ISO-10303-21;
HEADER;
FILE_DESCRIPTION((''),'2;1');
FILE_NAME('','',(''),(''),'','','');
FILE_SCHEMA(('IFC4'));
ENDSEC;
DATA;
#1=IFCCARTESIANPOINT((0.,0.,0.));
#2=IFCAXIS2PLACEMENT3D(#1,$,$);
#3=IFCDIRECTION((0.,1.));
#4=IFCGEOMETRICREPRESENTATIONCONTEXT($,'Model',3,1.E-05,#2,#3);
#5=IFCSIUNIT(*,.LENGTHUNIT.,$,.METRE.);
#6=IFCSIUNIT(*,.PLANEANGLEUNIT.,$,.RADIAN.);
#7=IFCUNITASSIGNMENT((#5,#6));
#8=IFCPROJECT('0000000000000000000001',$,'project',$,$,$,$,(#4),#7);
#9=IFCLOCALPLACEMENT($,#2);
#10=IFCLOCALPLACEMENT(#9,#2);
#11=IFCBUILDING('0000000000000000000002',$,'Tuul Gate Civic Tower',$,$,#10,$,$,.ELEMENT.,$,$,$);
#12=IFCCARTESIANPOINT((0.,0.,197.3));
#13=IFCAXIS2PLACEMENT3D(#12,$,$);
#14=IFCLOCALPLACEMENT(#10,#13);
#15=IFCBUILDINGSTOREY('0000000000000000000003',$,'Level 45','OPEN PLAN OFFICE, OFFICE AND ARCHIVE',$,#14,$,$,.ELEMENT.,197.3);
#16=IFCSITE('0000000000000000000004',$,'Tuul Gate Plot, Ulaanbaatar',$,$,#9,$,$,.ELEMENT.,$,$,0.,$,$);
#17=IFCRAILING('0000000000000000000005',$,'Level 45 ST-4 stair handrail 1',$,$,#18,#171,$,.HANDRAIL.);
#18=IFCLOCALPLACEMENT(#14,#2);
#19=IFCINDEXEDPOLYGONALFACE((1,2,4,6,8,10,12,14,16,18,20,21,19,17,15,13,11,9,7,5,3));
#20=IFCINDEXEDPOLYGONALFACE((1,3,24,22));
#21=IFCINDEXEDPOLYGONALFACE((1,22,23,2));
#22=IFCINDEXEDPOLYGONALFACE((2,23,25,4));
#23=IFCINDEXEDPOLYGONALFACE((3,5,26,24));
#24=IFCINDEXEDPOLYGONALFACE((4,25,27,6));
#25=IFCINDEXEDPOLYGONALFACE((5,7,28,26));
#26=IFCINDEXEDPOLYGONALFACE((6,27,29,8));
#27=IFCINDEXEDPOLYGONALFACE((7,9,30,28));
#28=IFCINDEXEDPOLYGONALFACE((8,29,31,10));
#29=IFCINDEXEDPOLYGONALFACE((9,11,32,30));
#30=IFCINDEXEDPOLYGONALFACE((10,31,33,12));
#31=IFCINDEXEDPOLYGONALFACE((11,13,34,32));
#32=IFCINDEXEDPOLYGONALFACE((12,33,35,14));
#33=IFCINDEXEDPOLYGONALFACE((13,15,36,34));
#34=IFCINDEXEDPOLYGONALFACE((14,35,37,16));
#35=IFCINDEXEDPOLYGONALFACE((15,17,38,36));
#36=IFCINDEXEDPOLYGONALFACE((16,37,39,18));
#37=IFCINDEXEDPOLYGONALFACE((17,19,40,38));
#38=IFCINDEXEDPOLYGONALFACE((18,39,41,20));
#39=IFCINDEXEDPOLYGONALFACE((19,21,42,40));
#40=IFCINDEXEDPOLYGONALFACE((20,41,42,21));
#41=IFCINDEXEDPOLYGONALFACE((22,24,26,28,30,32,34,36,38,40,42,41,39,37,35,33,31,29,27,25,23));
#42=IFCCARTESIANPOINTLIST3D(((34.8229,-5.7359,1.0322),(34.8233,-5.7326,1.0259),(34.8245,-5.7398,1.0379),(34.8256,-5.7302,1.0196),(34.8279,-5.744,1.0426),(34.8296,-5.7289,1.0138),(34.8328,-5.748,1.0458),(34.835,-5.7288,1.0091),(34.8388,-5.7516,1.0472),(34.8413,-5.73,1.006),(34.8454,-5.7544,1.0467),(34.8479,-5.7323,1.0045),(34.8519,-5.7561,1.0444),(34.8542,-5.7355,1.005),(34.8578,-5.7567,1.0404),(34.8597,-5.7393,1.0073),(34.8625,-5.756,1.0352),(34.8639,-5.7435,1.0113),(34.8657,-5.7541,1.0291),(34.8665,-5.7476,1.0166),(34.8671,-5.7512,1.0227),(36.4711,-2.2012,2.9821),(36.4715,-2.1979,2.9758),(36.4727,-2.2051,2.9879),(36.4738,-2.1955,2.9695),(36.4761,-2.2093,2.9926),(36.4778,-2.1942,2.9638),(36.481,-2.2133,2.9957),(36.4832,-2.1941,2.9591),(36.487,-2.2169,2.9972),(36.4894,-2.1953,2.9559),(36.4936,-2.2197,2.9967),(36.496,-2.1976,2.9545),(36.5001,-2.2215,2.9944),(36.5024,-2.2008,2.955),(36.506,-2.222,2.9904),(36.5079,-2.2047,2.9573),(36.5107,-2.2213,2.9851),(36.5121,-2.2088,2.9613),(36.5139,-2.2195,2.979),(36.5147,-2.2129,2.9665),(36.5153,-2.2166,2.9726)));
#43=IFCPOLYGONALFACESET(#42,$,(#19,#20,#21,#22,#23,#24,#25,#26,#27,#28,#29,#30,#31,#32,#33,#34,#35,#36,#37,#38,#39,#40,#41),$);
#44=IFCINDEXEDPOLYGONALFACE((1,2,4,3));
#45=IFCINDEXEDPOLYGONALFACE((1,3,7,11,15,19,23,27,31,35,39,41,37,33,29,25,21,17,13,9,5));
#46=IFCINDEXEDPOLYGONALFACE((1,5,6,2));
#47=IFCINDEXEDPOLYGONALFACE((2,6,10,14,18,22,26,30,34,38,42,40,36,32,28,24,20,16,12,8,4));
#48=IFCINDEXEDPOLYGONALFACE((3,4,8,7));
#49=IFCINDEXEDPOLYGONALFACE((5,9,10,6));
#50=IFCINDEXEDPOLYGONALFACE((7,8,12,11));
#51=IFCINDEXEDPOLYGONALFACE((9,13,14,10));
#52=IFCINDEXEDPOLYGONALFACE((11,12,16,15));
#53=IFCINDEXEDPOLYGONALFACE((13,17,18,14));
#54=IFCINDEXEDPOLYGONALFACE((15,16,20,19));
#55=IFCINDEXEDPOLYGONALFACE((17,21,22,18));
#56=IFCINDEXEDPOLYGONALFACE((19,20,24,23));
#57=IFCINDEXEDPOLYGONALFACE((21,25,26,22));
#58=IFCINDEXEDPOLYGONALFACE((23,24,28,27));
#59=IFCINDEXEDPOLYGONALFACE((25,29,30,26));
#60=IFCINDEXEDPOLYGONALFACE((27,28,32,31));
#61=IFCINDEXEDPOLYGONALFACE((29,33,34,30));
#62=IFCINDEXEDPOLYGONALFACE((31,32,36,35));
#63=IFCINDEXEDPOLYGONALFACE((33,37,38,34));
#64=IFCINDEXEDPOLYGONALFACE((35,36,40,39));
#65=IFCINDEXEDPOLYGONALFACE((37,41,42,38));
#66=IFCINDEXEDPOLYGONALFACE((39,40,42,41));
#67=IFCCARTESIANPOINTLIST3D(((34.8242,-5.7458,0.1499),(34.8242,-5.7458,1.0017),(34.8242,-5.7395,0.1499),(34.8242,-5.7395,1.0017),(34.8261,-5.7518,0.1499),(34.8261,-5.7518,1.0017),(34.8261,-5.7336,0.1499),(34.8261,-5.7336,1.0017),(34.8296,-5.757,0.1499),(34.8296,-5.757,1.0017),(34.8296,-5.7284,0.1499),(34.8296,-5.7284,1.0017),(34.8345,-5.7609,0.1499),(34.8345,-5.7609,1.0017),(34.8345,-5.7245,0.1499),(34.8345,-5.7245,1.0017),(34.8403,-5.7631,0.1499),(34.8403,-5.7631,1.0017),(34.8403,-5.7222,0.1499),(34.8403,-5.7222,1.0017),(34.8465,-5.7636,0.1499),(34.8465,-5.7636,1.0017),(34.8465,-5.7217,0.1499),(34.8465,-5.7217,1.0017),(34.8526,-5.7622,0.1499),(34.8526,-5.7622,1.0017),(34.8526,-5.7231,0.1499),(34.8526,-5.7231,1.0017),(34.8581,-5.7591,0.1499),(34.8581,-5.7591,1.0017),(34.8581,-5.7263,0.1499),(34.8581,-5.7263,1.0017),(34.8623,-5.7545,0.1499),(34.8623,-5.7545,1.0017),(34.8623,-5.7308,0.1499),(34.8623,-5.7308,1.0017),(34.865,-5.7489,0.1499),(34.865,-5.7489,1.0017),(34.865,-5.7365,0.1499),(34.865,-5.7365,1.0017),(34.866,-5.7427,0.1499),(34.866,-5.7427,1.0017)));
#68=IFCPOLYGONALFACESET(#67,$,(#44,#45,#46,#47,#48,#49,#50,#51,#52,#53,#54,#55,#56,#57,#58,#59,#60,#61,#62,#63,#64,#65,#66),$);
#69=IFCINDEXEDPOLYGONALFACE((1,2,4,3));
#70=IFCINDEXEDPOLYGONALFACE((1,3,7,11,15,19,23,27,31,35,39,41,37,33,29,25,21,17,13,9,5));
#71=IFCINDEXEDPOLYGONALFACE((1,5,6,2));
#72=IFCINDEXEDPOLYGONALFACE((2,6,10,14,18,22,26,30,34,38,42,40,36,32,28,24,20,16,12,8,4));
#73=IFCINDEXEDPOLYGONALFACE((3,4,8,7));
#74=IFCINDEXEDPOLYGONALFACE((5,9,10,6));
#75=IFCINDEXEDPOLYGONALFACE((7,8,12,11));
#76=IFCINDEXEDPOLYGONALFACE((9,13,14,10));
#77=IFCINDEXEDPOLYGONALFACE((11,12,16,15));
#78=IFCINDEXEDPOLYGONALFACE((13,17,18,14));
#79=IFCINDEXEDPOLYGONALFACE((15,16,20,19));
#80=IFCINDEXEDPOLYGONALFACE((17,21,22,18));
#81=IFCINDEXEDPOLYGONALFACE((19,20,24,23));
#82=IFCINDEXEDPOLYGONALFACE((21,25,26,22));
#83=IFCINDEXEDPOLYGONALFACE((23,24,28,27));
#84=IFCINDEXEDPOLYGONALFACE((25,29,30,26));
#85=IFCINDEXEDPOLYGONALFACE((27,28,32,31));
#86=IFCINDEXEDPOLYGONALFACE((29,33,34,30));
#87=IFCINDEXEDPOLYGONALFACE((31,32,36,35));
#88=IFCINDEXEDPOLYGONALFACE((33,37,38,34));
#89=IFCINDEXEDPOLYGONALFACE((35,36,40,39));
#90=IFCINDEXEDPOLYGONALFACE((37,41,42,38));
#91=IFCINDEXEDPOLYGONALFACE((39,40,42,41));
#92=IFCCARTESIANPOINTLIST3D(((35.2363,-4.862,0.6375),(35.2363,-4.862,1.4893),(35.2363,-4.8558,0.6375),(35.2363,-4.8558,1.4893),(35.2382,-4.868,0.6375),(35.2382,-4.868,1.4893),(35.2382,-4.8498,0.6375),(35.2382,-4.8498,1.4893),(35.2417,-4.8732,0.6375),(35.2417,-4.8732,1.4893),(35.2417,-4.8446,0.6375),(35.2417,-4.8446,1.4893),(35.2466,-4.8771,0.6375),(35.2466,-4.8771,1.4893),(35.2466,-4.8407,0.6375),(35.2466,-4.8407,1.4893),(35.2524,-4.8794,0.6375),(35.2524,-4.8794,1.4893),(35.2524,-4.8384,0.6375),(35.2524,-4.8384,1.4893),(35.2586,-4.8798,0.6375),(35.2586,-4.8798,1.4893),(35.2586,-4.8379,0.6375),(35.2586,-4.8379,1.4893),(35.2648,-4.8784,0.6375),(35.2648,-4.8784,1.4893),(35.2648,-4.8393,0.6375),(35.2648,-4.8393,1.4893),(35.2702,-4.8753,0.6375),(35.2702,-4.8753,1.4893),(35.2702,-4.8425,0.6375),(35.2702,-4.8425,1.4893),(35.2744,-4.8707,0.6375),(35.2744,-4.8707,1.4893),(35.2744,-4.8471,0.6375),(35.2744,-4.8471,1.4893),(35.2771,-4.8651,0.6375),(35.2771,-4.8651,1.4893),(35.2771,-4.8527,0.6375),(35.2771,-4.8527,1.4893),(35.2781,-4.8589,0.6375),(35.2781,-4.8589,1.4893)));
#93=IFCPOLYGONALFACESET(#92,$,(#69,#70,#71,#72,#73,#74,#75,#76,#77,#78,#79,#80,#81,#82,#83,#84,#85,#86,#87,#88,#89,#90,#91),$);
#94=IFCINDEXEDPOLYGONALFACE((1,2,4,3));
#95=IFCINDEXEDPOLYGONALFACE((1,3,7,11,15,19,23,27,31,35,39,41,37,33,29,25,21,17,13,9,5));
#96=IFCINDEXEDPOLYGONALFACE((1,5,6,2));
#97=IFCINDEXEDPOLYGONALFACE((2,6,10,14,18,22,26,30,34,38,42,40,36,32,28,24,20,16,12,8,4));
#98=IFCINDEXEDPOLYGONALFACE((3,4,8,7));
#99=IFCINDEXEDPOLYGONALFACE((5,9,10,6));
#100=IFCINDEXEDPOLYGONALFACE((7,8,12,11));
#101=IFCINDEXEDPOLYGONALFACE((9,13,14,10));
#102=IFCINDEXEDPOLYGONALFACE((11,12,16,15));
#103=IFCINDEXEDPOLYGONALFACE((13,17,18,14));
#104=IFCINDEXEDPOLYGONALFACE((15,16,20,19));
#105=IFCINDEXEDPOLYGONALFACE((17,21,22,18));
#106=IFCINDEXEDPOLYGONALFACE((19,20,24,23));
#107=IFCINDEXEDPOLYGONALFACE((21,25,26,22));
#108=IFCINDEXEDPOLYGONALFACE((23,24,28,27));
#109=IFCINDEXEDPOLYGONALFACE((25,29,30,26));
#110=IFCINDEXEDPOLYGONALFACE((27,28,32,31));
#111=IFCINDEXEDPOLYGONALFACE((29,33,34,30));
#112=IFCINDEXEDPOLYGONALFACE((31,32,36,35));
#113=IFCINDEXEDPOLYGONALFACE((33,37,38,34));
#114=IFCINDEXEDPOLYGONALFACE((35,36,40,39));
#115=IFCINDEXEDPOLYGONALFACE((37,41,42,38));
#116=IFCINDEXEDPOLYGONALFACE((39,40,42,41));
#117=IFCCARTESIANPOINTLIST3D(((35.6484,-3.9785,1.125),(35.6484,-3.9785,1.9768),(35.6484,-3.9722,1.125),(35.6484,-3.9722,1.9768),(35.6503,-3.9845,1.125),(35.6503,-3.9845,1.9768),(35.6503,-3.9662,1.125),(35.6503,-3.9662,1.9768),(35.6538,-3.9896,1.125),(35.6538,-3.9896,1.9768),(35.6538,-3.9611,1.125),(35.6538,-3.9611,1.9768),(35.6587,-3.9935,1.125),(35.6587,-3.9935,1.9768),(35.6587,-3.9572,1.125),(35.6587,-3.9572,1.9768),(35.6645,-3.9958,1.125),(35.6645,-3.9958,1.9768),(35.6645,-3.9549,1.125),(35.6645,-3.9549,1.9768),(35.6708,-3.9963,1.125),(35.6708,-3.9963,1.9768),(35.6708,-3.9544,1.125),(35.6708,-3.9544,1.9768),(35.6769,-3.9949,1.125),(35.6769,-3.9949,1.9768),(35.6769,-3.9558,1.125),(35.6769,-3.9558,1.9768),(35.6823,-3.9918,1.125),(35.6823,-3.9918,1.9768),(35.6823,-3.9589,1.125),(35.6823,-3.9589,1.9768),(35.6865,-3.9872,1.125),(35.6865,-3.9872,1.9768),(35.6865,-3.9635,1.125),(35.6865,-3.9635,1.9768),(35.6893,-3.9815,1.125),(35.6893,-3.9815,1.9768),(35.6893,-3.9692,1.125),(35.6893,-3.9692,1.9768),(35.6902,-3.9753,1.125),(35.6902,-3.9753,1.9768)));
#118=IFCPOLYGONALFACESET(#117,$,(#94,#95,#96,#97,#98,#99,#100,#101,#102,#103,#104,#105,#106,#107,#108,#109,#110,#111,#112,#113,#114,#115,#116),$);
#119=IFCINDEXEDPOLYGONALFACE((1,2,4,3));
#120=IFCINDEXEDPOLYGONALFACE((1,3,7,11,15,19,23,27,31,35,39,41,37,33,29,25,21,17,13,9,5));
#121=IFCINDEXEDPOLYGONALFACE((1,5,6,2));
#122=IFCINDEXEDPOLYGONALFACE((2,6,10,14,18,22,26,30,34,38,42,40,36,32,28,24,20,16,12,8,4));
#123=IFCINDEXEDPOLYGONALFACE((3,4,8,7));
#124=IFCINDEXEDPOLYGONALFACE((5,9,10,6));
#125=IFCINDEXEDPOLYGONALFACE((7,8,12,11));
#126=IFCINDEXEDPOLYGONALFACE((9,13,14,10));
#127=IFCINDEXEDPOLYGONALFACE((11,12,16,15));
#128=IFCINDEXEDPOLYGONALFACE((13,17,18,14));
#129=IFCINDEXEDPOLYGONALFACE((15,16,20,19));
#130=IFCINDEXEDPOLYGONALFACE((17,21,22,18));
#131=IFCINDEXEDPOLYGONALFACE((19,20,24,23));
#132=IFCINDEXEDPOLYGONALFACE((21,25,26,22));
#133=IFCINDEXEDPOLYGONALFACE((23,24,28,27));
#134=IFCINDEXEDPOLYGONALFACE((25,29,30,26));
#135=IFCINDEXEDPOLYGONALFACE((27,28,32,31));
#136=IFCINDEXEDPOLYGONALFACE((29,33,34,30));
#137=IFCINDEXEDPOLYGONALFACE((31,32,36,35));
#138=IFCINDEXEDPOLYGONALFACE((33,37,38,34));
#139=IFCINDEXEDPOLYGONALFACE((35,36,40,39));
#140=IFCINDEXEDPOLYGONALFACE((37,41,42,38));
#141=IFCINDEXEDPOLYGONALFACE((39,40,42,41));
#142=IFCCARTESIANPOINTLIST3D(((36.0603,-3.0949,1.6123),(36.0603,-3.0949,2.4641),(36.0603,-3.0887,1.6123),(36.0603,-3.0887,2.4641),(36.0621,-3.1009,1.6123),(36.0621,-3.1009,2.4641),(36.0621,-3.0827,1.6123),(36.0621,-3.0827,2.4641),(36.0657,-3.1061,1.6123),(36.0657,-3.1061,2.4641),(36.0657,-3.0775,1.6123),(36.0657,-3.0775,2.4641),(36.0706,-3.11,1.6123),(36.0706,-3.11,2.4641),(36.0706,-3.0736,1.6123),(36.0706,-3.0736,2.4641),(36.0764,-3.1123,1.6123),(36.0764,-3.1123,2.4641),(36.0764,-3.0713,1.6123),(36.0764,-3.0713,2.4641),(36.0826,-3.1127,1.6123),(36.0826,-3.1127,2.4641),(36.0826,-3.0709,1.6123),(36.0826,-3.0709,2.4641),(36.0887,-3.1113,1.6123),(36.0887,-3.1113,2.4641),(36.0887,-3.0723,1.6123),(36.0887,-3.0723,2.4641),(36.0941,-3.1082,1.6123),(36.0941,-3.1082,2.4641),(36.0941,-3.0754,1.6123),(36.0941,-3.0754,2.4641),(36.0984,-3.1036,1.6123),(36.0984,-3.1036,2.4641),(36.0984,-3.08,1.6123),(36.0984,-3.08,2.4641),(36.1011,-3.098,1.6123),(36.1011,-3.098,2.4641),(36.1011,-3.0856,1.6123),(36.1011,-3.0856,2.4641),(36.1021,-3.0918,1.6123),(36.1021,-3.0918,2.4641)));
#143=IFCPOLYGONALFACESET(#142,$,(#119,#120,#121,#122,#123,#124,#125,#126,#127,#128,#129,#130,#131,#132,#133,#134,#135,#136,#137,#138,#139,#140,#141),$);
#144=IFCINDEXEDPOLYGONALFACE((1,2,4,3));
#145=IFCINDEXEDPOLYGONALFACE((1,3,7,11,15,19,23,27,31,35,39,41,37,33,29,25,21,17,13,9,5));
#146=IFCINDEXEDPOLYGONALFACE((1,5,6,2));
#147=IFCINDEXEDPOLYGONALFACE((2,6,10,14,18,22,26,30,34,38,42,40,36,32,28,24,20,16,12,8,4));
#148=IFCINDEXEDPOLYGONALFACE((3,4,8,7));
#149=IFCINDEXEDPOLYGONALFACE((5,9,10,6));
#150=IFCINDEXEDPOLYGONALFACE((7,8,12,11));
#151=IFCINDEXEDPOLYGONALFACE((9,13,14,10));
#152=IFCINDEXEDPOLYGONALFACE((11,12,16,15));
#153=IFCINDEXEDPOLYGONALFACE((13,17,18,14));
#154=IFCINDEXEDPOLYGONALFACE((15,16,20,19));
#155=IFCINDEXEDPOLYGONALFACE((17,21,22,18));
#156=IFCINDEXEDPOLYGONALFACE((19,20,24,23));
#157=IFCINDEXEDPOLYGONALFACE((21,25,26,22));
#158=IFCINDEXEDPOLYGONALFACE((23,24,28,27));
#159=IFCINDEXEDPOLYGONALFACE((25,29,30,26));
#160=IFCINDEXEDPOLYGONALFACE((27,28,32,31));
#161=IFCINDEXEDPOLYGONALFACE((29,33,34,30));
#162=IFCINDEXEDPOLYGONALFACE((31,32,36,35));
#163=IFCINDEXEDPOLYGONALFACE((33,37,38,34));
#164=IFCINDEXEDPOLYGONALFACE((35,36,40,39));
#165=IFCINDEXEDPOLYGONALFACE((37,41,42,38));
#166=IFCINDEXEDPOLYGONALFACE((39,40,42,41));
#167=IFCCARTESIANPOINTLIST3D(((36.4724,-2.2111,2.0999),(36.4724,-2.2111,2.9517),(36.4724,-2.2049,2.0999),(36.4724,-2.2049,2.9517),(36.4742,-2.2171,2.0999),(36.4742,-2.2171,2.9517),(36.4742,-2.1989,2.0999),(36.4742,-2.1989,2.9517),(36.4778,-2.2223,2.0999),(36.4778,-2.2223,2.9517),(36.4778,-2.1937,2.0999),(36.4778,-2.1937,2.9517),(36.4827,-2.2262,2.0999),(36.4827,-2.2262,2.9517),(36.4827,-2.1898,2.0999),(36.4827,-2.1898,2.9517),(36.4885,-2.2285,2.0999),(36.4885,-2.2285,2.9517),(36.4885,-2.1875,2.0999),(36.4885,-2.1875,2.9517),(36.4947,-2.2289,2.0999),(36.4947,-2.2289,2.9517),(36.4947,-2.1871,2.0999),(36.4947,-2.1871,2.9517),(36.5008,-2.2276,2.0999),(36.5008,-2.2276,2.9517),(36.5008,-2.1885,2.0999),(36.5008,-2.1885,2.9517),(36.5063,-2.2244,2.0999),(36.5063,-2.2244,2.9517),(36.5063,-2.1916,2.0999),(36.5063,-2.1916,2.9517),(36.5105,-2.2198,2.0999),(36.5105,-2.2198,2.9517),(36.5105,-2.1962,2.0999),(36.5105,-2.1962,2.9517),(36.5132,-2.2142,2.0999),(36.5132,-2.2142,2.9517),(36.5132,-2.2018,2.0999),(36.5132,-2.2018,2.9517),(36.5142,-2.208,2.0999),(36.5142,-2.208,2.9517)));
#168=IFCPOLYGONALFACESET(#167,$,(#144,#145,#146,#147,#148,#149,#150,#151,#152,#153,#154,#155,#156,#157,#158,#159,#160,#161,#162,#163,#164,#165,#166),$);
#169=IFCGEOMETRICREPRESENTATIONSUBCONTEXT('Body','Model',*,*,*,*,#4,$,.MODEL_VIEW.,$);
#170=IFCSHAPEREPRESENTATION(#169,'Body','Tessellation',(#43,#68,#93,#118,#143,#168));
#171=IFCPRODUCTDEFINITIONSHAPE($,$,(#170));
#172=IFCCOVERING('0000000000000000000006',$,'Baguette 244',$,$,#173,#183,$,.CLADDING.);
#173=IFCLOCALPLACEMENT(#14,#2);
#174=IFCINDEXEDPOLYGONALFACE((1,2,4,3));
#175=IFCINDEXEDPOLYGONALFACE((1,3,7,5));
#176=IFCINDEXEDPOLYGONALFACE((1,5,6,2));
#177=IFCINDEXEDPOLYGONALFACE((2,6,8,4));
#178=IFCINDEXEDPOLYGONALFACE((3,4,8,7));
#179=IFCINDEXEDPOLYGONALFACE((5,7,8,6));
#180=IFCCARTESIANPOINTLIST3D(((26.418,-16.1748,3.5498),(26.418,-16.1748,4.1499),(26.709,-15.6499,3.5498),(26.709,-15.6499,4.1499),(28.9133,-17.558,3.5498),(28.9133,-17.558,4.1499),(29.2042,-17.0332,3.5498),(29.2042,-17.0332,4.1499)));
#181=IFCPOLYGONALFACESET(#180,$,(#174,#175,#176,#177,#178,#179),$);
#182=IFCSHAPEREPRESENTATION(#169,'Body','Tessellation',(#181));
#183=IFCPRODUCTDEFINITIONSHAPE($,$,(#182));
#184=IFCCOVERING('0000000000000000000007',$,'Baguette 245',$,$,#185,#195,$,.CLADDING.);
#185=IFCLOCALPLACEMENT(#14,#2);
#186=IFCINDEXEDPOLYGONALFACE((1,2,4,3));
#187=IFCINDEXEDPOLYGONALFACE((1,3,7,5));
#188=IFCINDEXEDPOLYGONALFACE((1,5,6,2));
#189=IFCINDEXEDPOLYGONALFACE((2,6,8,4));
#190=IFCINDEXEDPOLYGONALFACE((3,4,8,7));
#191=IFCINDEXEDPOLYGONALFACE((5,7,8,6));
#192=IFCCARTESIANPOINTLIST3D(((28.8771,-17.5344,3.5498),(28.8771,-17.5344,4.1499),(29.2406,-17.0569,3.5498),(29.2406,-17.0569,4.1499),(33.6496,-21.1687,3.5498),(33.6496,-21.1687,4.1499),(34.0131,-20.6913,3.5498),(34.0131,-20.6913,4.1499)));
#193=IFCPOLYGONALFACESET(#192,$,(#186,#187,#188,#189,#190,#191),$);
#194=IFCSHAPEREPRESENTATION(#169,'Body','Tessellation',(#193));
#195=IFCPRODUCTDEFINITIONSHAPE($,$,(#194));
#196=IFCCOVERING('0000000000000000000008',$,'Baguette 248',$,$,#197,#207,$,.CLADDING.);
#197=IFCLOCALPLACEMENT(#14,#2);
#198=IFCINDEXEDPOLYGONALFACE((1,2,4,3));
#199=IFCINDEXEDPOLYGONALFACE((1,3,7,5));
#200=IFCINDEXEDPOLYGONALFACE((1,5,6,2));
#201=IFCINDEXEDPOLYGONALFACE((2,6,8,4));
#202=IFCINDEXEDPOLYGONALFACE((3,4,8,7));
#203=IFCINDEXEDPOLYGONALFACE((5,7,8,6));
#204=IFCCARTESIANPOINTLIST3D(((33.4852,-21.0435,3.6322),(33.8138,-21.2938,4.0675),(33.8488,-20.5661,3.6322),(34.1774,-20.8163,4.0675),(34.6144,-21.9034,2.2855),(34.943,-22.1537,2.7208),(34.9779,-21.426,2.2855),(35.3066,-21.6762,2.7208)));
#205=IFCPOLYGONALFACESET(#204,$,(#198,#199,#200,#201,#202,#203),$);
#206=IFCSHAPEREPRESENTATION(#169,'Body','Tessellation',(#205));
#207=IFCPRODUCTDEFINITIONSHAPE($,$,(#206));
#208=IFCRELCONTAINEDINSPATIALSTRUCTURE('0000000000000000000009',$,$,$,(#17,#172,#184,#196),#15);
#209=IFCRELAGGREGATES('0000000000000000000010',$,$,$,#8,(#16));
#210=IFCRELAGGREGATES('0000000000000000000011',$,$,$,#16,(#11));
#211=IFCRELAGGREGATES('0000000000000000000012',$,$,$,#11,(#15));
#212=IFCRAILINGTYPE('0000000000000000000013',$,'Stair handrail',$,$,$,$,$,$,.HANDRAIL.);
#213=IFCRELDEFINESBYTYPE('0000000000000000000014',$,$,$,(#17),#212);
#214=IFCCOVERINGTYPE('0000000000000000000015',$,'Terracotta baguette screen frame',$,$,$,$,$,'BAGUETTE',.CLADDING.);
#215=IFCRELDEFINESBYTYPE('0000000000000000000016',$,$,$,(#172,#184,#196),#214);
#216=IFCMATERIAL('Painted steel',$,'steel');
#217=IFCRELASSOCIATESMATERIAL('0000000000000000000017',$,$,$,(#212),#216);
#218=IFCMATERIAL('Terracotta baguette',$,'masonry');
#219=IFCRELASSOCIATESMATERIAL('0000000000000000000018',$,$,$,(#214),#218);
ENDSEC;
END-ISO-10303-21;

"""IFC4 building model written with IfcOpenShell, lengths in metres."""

from ifc_helpers import new_model, si_unit, direction, frame, origin, origin_2d, place, context, subcontext, project, spatial, rectangle, circle, extrude, material, material_profile, profile_set, type_object, element, save


model = new_model("IFC4")

# Units and contexts
model_context = context("Model", 3, precision=1e-05, world=origin(), true_north=direction((0.0, 1.0)))
body_context = subcontext(model_context, "Body", "Model", "MODEL_VIEW")
ifc_project = project(units=[si_unit("LENGTHUNIT", "METRE"), si_unit("PLANEANGLEUNIT", "RADIAN")], contexts=[model_context])

# Site, building, storey
site_placement = place(None, origin())
site = spatial("IfcSite", under=ifc_project, at=site_placement, Name="Tuul Gate Plot, Ulaanbaatar", CompositionType="ELEMENT", RefElevation=0.0)
building_placement = place(site_placement, origin())
building = spatial("IfcBuilding", under=site, at=building_placement, Name="Tuul Gate Civic Tower", CompositionType="ELEMENT")
storey_placement = place(building_placement, frame((0.0, 0.0, 197.3)))
storey = spatial("IfcBuildingStorey", under=building, at=storey_placement, Name="Level 45", Description="OPEN PLAN OFFICE, OFFICE AND ARCHIVE", CompositionType="ELEMENT", Elevation=197.3)

# Railing
ifc_material_1 = material(Name="Painted steel", Category="steel")
railing_type = type_object("IfcRailingType", Name="Stair handrail", PredefinedType="HANDRAIL", material=ifc_material_1)
railing_placement = place(storey_placement, frame((34.845, -5.7427, 0.1499)))
element("IfcRailing", 1, at=railing_placement, inside=storey, type_object=railing_type, Name="Level 45 ST-4 stair handrail 1", PredefinedType="HANDRAIL", context=body_context, shape_type="SweptSolid", body=[
    extrude(circle(Radius=0.0239, at=origin_2d()), frame((0.0, 0.0, 0.876), z_axis=(0.377995, 0.810637, 0.4472), x_axis=(-0.906313, 0.422608, 0.0)), (0.0, 0.0, 1.0), 4.3604),
    extrude(circle(Radius=0.021, at=origin_2d()), origin(), (0.0, 0.0, 1.0), 0.8518),
    extrude(circle(Radius=0.021, at=origin_2d()), frame((0.4121, 0.8838, 0.4875)), (0.0, 0.0, 1.0), 0.8518),
    extrude(circle(Radius=0.021, at=origin_2d()), frame((0.8242, 1.7673, 0.9751)), (0.0, 0.0, 1.0), 0.8518),
    extrude(circle(Radius=0.021, at=origin_2d()), frame((1.2361, 2.6509, 1.4624)), (0.0, 0.0, 1.0), 0.8518),
    extrude(circle(Radius=0.021, at=origin_2d()), frame((1.6482, 3.5347, 1.95)), (0.0, 0.0, 1.0), 0.8518),
])

# Coverings
ifc_material_2 = material(Name="Terracotta baguette", Category="masonry")
ifc_material_profile_1 = material_profile(ifc_material_2, rectangle(XDim=0.6001, YDim=0.6001, at=origin_2d()), Name="Terracotta baguette screen frame")
ifc_profile_set_1 = profile_set([ifc_material_profile_1], Name="Terracotta baguette")
covering_type = type_object("IfcCoveringType", Name="Terracotta baguette screen frame", ElementType="BAGUETTE", PredefinedType="CLADDING", material=ifc_profile_set_1)
covering_1_placement = place(storey_placement, frame((26.5635, -15.9124, 3.8499), z_axis=(0.874605, -0.484836, 0.0), x_axis=(0.484836, 0.874605, 0.0)))
element("IfcCovering", 2, at=covering_1_placement, inside=storey, type_object=covering_type, Name="Baguette 244", PredefinedType="CLADDING", context=body_context, shape_type="SweptSolid", body=[
    extrude(rectangle(XDim=0.6001, YDim=0.6001, at=origin_2d()), origin(), (0.0, 0.0, 1.0), 2.853),
])
covering_2_placement = place(storey_placement, frame((29.0588, -17.2957, 3.8499), z_axis=(0.795583, -0.605845, 0.0), x_axis=(0.605845, 0.795583, 0.0)))
element("IfcCovering", 3, at=covering_2_placement, inside=storey, type_object=covering_type, Name="Baguette 245", PredefinedType="CLADDING", context=body_context, shape_type="SweptSolid", body=[
    extrude(rectangle(XDim=0.6001, YDim=0.6001, at=origin_2d()), origin(), (0.0, 0.0, 1.0), 5.9988),
])
covering_3_placement = place(storey_placement, frame((33.8313, -20.9299, 3.8499), z_axis=(0.577128, -0.439491, -0.688311), x_axis=(0.605846, 0.795582, 0.0)))
element("IfcCovering", 4, at=covering_3_placement, inside=storey, type_object=covering_type, Name="Baguette 248", PredefinedType="CLADDING", context=body_context, shape_type="SweptSolid", body=[
    extrude(rectangle(XDim=0.6001, YDim=0.6001, at=origin_2d()), origin(), (0.0, 0.0, 1.0), 1.9565),
])

save(model, "model.ifc")
